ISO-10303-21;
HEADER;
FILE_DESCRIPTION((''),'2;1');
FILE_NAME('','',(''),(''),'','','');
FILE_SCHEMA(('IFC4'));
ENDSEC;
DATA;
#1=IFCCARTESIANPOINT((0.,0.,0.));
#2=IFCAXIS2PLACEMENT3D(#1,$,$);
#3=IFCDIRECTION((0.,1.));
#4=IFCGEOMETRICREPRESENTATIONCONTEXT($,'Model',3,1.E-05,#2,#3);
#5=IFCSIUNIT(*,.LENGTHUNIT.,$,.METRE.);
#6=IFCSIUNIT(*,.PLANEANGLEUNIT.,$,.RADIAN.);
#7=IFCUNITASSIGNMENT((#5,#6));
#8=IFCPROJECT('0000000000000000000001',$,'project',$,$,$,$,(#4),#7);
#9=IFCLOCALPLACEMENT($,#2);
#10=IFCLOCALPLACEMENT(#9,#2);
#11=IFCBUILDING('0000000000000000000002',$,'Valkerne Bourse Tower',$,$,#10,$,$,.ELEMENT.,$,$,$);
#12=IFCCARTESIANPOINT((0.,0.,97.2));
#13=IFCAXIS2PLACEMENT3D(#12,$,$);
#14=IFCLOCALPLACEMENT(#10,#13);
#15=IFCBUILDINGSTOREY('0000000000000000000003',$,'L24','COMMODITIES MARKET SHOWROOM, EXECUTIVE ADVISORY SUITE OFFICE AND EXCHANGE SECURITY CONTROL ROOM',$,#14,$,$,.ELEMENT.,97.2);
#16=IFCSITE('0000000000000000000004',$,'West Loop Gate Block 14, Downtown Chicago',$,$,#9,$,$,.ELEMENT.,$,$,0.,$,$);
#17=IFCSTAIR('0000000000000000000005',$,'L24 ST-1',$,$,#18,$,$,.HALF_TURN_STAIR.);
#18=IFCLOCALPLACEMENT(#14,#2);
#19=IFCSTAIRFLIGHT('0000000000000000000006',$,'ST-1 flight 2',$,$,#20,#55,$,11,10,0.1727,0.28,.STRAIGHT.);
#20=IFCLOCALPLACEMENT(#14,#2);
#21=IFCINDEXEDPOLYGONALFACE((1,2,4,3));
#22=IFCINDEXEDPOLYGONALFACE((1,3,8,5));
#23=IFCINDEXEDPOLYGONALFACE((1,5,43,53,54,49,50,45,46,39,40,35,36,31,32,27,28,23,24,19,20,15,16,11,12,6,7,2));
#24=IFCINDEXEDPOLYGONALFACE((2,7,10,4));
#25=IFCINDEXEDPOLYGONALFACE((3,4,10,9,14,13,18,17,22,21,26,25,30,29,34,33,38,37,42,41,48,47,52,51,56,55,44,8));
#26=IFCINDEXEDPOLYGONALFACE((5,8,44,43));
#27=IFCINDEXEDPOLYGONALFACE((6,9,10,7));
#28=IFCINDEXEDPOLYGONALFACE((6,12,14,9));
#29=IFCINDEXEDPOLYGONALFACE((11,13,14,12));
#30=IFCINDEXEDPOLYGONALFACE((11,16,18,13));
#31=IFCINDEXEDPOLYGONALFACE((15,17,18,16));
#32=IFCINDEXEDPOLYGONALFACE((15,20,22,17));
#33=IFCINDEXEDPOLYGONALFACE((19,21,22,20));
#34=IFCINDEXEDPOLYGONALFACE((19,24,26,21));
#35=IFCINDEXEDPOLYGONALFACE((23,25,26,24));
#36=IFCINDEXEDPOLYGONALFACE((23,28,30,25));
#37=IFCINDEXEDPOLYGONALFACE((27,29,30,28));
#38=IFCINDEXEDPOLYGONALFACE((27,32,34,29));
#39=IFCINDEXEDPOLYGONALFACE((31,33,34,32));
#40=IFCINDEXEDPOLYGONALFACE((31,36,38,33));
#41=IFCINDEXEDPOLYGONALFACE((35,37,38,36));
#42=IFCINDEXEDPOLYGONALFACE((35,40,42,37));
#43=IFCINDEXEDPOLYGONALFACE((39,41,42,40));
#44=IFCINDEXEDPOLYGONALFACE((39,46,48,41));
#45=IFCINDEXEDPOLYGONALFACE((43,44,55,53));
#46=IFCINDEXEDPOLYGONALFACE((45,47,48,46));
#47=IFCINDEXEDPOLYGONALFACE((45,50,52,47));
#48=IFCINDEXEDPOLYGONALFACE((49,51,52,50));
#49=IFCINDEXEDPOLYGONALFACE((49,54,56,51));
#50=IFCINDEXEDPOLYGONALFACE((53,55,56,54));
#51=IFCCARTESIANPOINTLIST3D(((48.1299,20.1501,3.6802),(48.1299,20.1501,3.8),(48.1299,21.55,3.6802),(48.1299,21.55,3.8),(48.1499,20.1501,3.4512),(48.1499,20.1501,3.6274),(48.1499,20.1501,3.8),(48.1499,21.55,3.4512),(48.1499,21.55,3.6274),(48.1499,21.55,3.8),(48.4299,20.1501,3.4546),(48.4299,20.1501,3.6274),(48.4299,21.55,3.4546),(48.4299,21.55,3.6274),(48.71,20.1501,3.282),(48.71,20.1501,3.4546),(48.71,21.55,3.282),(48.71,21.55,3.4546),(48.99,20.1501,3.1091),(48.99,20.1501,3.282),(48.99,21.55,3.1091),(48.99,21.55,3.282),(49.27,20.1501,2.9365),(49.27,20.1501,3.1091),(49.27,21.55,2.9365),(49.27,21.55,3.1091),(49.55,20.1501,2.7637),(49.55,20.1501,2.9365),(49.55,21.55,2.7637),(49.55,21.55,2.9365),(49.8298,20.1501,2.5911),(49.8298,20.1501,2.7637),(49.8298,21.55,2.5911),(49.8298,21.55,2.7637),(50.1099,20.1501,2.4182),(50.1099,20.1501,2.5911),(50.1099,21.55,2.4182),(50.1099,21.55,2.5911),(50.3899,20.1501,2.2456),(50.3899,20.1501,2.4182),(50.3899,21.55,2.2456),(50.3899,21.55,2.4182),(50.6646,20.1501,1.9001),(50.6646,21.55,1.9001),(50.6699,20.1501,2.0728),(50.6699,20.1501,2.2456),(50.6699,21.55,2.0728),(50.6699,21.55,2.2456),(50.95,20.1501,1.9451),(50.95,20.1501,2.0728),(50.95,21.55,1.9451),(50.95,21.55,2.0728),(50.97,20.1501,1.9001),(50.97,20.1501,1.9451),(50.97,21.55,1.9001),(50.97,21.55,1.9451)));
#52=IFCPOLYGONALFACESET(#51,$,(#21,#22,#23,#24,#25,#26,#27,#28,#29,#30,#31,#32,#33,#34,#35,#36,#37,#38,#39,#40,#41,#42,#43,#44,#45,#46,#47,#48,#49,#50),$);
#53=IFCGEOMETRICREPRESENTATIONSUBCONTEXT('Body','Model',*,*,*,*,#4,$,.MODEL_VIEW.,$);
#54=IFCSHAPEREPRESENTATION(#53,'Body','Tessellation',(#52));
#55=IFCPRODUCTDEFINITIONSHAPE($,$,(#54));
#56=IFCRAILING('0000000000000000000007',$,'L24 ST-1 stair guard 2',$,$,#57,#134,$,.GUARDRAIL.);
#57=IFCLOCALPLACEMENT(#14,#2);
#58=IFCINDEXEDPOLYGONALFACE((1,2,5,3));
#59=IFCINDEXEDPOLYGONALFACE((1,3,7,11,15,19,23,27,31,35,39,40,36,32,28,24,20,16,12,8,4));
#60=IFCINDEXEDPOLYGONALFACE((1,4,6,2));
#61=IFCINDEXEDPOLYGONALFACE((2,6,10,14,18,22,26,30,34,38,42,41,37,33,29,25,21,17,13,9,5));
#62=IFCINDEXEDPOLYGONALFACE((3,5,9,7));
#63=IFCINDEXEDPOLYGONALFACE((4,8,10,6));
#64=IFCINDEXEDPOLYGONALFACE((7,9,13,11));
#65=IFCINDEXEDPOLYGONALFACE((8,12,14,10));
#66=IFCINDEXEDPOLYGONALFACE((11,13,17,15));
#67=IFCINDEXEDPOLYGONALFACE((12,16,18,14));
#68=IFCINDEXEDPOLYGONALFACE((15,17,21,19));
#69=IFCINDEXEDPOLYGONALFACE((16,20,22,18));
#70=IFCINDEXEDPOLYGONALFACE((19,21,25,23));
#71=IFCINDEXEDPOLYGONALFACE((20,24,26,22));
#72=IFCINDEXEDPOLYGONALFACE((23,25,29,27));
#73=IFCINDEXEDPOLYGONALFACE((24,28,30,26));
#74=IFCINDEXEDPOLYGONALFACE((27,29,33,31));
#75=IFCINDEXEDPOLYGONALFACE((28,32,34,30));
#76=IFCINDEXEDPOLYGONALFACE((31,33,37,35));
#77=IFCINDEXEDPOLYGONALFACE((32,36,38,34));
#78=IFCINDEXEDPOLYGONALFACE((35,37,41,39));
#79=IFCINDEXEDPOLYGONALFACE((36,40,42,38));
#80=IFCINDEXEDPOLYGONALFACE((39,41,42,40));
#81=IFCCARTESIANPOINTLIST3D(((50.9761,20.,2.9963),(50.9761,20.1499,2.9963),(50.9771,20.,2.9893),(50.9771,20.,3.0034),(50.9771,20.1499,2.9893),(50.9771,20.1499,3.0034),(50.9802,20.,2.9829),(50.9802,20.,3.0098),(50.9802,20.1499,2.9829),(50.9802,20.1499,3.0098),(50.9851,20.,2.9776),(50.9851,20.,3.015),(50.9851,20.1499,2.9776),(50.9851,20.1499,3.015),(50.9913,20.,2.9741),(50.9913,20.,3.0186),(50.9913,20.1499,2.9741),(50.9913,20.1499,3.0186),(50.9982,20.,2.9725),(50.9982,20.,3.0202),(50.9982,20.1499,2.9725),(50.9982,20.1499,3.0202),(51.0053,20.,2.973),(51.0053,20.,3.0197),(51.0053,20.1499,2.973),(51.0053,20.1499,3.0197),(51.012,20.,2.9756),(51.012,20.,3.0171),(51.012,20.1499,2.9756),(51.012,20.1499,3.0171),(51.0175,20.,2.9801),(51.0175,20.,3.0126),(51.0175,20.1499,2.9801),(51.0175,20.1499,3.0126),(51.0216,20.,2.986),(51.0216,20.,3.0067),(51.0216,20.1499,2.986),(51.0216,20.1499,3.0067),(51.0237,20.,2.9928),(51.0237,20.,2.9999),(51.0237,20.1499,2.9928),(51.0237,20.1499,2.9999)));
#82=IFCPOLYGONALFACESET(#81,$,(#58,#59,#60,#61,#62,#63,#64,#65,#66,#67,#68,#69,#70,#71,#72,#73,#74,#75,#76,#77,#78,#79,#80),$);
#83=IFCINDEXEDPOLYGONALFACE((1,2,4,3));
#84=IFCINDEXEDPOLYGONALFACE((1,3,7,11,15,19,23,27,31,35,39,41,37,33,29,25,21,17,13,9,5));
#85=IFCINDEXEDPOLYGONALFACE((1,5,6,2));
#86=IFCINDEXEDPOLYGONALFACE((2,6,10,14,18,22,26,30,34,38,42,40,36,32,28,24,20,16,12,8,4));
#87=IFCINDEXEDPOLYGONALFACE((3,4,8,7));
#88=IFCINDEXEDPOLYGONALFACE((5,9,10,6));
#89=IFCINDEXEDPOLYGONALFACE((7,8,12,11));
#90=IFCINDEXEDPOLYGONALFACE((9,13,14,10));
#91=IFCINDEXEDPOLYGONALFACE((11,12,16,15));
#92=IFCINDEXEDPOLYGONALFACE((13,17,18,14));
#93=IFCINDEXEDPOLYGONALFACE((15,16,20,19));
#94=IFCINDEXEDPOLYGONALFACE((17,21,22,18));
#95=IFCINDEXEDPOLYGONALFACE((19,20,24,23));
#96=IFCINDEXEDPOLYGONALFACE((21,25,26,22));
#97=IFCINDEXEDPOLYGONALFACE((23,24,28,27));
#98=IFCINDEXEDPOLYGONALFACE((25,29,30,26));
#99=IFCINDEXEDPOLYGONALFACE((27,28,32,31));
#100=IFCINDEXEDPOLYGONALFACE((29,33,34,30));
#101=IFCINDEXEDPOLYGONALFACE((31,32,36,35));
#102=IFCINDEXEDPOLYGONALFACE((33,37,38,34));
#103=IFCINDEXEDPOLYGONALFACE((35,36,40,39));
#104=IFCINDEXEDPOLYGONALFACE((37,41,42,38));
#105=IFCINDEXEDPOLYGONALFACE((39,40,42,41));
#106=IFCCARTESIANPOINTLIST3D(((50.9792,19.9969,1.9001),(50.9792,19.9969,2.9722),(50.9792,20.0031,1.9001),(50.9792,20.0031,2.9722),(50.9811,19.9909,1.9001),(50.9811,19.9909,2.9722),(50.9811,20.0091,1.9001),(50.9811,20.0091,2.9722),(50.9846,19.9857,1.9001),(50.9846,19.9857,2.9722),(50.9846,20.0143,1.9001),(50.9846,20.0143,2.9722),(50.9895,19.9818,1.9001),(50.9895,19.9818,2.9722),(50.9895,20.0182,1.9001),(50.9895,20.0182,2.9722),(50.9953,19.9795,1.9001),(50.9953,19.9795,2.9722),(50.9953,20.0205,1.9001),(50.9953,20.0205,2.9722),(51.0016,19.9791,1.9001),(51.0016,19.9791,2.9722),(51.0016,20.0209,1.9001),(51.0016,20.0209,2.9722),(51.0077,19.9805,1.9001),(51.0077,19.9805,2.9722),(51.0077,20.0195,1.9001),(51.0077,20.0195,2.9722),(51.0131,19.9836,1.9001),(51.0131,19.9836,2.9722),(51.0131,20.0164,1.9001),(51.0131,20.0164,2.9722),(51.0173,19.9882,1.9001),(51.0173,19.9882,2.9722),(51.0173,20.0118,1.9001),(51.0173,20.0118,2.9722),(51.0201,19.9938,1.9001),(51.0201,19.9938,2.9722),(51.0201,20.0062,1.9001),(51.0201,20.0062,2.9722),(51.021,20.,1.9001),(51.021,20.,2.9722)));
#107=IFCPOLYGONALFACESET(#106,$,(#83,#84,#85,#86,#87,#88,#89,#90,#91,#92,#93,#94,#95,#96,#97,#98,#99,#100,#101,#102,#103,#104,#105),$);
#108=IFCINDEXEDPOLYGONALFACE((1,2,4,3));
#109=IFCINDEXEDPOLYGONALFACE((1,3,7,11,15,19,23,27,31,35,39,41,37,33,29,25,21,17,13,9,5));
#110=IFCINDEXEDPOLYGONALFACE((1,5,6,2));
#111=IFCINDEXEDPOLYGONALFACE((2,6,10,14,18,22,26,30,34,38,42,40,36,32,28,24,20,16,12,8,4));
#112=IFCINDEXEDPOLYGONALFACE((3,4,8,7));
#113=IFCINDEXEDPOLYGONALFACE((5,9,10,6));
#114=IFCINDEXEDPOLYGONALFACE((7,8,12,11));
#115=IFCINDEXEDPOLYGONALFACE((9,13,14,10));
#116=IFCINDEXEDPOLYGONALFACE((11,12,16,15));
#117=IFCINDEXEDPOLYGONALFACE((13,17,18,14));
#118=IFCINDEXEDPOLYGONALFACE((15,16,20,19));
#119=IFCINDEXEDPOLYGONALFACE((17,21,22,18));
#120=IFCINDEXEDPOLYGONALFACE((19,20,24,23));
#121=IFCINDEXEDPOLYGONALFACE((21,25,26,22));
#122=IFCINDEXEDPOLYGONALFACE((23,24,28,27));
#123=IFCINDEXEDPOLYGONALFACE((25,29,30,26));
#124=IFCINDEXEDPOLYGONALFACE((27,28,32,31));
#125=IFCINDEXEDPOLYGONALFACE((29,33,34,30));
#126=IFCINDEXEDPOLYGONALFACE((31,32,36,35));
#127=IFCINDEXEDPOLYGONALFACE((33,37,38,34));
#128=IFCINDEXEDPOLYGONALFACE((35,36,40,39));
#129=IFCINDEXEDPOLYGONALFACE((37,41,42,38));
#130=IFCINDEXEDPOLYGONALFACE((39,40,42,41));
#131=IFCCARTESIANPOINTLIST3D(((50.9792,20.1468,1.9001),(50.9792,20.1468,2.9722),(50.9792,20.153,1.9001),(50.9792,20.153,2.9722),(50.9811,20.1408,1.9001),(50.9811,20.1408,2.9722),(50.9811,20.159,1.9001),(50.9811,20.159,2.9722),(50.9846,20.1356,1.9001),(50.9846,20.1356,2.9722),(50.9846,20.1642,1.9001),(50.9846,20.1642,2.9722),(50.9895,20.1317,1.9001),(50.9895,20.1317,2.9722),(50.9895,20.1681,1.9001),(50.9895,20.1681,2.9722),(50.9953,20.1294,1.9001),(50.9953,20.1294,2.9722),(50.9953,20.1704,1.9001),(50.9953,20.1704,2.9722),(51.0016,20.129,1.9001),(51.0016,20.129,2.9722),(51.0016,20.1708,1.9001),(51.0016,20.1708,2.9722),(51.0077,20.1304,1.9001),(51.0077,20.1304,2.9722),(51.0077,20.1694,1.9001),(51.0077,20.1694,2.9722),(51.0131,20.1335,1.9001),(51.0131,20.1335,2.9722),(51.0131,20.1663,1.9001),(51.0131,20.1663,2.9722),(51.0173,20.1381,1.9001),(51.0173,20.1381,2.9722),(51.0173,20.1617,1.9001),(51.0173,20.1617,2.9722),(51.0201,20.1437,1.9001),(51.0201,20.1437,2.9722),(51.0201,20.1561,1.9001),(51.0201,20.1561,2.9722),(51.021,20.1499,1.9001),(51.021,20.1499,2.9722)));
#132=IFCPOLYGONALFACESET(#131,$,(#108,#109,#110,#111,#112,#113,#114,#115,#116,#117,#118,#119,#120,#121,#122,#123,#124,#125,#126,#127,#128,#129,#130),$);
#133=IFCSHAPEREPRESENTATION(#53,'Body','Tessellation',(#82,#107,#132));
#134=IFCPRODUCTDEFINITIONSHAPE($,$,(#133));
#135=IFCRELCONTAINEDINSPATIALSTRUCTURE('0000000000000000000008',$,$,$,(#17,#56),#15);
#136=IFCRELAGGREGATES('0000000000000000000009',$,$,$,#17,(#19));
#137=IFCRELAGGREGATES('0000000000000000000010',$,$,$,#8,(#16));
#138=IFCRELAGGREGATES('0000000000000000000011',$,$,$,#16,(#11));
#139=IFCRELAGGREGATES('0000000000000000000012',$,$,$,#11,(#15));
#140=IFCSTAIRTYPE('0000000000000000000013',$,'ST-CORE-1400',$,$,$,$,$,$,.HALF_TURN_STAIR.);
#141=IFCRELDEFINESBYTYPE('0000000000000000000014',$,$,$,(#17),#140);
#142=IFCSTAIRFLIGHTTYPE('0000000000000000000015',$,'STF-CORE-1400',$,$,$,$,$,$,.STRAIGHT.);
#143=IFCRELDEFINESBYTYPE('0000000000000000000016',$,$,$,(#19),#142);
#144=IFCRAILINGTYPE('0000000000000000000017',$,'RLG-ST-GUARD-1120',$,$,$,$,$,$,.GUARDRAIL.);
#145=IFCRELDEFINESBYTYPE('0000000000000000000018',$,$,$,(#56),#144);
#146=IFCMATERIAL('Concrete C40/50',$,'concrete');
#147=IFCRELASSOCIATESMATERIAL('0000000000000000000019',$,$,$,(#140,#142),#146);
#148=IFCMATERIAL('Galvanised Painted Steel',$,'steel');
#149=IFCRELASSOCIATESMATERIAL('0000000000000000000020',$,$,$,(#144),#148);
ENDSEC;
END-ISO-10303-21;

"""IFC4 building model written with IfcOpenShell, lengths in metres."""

from ifc_helpers import new_model, si_unit, direction, frame, origin, origin_2d, place, context, subcontext, project, spatial, polyline, circle, outline, extrude, material, type_object, element, aggregate, save


model = new_model("IFC4")

# Units and contexts
model_context = context("Model", 3, precision=1e-05, world=origin(), true_north=direction((0.0, 1.0)))
body_context = subcontext(model_context, "Body", "Model", "MODEL_VIEW")
ifc_project = project(units=[si_unit("LENGTHUNIT", "METRE"), si_unit("PLANEANGLEUNIT", "RADIAN")], contexts=[model_context])

# Site, building, storey
site_placement = place(None, origin())
site = spatial("IfcSite", under=ifc_project, at=site_placement, Name="West Loop Gate Block 14, Downtown Chicago", CompositionType="ELEMENT", RefElevation=0.0)
building_placement = place(site_placement, origin())
building = spatial("IfcBuilding", under=site, at=building_placement, Name="Valkerne Bourse Tower", CompositionType="ELEMENT")
storey_placement = place(building_placement, frame((0.0, 0.0, 97.2)))
storey = spatial("IfcBuildingStorey", under=building, at=storey_placement, Name="L24", Description="COMMODITIES MARKET SHOWROOM, EXECUTIVE ADVISORY SUITE OFFICE AND EXCHANGE SECURITY CONTROL ROOM", CompositionType="ELEMENT", Elevation=97.2)

# Shared definitions
ifc_material_1 = material(Name="Galvanised Painted Steel", Category="steel")

# Stair, stair flight
ifc_material_2 = material(Name="Concrete C40/50", Category="concrete")
stair_type = type_object("IfcStairType", Name="ST-CORE-1400", PredefinedType="HALF_TURN_STAIR", material=ifc_material_2)
stair_placement = place(storey_placement, origin())
stair = element("IfcStair", 1, at=stair_placement, inside=storey, type_object=stair_type, Name="L24 ST-1", PredefinedType="HALF_TURN_STAIR")
stair_flight_type = type_object("IfcStairFlightType", Name="STF-CORE-1400", PredefinedType="STRAIGHT", material=ifc_material_2)
stair_flight_placement = place(storey_placement, frame((50.95, 20.8501, 1.9001), z_axis=(0.0, 0.0, 1.0), x_axis=(-1.0, 0.0, 0.0)))
stair_flight = element("IfcStairFlight", 2, at=stair_flight_placement, type_object=stair_flight_type, Name="ST-1 flight 2", NumberOfRisers=11, NumberOfTreads=10, PredefinedType="STRAIGHT", RiserHeight=0.1727, TreadLength=0.28, context=body_context, shape_type="SweptSolid", body=[
    extrude(outline(polyline([(-0.02, 0.0), (-0.02, 0.0449), (0.0, 0.0449), (0.0, 0.1726), (0.28, 0.1726), (0.28, 0.3455), (0.5601, 0.3455), (0.5601, 0.5181), (0.8401, 0.5181), (0.8401, 0.6909), (1.1201, 0.6909), (1.1201, 0.8635), (1.3999, 0.8635), (1.3999, 1.0364), (1.6799, 1.0364), (1.6799, 1.209), (1.96, 1.209), (1.96, 1.3818), (2.24, 1.3818), (2.24, 1.5544), (2.52, 1.5544), (2.52, 1.7273), (2.8, 1.7273), (2.8, 1.8999), (2.8201, 1.8999), (2.8201, 1.78), (2.8, 1.551), (0.2854, 0.0), (-0.02, 0.0)])), frame((0.0, 0.7, 0.0), z_axis=(0.0, -1.0, 0.0), x_axis=(1.0, 0.0, 0.0)), (0.0, 0.0, 1.0), 1.3999),
])
aggregate(stair, [stair_flight])

# Railing
railing_type_1 = type_object("IfcRailingType", Name="RLG-ST-GUARD-1120", PredefinedType="GUARDRAIL", material=ifc_material_1)
railing_1_placement = place(storey_placement, frame((51.0, 20.0, 1.9001)))
element("IfcRailing", 3, at=railing_1_placement, inside=storey, type_object=railing_type_1, Name="L24 ST-1 stair guard 2", PredefinedType="GUARDRAIL", context=body_context, shape_type="SweptSolid", body=[
    extrude(circle(Radius=0.0239, at=origin_2d()), frame((0.0, 0.0, 1.0962), z_axis=(0.0, 1.0, 0.0), x_axis=(-1.0, 0.0, 0.0)), (0.0, 0.0, 1.0), 0.1499),
    extrude(circle(Radius=0.021, at=origin_2d()), origin(), (0.0, 0.0, 1.0), 1.072),
    extrude(circle(Radius=0.021, at=origin_2d()), frame((0.0, 0.1499, 0.0)), (0.0, 0.0, 1.0), 1.072),
])

save(model, "model.ifc")
